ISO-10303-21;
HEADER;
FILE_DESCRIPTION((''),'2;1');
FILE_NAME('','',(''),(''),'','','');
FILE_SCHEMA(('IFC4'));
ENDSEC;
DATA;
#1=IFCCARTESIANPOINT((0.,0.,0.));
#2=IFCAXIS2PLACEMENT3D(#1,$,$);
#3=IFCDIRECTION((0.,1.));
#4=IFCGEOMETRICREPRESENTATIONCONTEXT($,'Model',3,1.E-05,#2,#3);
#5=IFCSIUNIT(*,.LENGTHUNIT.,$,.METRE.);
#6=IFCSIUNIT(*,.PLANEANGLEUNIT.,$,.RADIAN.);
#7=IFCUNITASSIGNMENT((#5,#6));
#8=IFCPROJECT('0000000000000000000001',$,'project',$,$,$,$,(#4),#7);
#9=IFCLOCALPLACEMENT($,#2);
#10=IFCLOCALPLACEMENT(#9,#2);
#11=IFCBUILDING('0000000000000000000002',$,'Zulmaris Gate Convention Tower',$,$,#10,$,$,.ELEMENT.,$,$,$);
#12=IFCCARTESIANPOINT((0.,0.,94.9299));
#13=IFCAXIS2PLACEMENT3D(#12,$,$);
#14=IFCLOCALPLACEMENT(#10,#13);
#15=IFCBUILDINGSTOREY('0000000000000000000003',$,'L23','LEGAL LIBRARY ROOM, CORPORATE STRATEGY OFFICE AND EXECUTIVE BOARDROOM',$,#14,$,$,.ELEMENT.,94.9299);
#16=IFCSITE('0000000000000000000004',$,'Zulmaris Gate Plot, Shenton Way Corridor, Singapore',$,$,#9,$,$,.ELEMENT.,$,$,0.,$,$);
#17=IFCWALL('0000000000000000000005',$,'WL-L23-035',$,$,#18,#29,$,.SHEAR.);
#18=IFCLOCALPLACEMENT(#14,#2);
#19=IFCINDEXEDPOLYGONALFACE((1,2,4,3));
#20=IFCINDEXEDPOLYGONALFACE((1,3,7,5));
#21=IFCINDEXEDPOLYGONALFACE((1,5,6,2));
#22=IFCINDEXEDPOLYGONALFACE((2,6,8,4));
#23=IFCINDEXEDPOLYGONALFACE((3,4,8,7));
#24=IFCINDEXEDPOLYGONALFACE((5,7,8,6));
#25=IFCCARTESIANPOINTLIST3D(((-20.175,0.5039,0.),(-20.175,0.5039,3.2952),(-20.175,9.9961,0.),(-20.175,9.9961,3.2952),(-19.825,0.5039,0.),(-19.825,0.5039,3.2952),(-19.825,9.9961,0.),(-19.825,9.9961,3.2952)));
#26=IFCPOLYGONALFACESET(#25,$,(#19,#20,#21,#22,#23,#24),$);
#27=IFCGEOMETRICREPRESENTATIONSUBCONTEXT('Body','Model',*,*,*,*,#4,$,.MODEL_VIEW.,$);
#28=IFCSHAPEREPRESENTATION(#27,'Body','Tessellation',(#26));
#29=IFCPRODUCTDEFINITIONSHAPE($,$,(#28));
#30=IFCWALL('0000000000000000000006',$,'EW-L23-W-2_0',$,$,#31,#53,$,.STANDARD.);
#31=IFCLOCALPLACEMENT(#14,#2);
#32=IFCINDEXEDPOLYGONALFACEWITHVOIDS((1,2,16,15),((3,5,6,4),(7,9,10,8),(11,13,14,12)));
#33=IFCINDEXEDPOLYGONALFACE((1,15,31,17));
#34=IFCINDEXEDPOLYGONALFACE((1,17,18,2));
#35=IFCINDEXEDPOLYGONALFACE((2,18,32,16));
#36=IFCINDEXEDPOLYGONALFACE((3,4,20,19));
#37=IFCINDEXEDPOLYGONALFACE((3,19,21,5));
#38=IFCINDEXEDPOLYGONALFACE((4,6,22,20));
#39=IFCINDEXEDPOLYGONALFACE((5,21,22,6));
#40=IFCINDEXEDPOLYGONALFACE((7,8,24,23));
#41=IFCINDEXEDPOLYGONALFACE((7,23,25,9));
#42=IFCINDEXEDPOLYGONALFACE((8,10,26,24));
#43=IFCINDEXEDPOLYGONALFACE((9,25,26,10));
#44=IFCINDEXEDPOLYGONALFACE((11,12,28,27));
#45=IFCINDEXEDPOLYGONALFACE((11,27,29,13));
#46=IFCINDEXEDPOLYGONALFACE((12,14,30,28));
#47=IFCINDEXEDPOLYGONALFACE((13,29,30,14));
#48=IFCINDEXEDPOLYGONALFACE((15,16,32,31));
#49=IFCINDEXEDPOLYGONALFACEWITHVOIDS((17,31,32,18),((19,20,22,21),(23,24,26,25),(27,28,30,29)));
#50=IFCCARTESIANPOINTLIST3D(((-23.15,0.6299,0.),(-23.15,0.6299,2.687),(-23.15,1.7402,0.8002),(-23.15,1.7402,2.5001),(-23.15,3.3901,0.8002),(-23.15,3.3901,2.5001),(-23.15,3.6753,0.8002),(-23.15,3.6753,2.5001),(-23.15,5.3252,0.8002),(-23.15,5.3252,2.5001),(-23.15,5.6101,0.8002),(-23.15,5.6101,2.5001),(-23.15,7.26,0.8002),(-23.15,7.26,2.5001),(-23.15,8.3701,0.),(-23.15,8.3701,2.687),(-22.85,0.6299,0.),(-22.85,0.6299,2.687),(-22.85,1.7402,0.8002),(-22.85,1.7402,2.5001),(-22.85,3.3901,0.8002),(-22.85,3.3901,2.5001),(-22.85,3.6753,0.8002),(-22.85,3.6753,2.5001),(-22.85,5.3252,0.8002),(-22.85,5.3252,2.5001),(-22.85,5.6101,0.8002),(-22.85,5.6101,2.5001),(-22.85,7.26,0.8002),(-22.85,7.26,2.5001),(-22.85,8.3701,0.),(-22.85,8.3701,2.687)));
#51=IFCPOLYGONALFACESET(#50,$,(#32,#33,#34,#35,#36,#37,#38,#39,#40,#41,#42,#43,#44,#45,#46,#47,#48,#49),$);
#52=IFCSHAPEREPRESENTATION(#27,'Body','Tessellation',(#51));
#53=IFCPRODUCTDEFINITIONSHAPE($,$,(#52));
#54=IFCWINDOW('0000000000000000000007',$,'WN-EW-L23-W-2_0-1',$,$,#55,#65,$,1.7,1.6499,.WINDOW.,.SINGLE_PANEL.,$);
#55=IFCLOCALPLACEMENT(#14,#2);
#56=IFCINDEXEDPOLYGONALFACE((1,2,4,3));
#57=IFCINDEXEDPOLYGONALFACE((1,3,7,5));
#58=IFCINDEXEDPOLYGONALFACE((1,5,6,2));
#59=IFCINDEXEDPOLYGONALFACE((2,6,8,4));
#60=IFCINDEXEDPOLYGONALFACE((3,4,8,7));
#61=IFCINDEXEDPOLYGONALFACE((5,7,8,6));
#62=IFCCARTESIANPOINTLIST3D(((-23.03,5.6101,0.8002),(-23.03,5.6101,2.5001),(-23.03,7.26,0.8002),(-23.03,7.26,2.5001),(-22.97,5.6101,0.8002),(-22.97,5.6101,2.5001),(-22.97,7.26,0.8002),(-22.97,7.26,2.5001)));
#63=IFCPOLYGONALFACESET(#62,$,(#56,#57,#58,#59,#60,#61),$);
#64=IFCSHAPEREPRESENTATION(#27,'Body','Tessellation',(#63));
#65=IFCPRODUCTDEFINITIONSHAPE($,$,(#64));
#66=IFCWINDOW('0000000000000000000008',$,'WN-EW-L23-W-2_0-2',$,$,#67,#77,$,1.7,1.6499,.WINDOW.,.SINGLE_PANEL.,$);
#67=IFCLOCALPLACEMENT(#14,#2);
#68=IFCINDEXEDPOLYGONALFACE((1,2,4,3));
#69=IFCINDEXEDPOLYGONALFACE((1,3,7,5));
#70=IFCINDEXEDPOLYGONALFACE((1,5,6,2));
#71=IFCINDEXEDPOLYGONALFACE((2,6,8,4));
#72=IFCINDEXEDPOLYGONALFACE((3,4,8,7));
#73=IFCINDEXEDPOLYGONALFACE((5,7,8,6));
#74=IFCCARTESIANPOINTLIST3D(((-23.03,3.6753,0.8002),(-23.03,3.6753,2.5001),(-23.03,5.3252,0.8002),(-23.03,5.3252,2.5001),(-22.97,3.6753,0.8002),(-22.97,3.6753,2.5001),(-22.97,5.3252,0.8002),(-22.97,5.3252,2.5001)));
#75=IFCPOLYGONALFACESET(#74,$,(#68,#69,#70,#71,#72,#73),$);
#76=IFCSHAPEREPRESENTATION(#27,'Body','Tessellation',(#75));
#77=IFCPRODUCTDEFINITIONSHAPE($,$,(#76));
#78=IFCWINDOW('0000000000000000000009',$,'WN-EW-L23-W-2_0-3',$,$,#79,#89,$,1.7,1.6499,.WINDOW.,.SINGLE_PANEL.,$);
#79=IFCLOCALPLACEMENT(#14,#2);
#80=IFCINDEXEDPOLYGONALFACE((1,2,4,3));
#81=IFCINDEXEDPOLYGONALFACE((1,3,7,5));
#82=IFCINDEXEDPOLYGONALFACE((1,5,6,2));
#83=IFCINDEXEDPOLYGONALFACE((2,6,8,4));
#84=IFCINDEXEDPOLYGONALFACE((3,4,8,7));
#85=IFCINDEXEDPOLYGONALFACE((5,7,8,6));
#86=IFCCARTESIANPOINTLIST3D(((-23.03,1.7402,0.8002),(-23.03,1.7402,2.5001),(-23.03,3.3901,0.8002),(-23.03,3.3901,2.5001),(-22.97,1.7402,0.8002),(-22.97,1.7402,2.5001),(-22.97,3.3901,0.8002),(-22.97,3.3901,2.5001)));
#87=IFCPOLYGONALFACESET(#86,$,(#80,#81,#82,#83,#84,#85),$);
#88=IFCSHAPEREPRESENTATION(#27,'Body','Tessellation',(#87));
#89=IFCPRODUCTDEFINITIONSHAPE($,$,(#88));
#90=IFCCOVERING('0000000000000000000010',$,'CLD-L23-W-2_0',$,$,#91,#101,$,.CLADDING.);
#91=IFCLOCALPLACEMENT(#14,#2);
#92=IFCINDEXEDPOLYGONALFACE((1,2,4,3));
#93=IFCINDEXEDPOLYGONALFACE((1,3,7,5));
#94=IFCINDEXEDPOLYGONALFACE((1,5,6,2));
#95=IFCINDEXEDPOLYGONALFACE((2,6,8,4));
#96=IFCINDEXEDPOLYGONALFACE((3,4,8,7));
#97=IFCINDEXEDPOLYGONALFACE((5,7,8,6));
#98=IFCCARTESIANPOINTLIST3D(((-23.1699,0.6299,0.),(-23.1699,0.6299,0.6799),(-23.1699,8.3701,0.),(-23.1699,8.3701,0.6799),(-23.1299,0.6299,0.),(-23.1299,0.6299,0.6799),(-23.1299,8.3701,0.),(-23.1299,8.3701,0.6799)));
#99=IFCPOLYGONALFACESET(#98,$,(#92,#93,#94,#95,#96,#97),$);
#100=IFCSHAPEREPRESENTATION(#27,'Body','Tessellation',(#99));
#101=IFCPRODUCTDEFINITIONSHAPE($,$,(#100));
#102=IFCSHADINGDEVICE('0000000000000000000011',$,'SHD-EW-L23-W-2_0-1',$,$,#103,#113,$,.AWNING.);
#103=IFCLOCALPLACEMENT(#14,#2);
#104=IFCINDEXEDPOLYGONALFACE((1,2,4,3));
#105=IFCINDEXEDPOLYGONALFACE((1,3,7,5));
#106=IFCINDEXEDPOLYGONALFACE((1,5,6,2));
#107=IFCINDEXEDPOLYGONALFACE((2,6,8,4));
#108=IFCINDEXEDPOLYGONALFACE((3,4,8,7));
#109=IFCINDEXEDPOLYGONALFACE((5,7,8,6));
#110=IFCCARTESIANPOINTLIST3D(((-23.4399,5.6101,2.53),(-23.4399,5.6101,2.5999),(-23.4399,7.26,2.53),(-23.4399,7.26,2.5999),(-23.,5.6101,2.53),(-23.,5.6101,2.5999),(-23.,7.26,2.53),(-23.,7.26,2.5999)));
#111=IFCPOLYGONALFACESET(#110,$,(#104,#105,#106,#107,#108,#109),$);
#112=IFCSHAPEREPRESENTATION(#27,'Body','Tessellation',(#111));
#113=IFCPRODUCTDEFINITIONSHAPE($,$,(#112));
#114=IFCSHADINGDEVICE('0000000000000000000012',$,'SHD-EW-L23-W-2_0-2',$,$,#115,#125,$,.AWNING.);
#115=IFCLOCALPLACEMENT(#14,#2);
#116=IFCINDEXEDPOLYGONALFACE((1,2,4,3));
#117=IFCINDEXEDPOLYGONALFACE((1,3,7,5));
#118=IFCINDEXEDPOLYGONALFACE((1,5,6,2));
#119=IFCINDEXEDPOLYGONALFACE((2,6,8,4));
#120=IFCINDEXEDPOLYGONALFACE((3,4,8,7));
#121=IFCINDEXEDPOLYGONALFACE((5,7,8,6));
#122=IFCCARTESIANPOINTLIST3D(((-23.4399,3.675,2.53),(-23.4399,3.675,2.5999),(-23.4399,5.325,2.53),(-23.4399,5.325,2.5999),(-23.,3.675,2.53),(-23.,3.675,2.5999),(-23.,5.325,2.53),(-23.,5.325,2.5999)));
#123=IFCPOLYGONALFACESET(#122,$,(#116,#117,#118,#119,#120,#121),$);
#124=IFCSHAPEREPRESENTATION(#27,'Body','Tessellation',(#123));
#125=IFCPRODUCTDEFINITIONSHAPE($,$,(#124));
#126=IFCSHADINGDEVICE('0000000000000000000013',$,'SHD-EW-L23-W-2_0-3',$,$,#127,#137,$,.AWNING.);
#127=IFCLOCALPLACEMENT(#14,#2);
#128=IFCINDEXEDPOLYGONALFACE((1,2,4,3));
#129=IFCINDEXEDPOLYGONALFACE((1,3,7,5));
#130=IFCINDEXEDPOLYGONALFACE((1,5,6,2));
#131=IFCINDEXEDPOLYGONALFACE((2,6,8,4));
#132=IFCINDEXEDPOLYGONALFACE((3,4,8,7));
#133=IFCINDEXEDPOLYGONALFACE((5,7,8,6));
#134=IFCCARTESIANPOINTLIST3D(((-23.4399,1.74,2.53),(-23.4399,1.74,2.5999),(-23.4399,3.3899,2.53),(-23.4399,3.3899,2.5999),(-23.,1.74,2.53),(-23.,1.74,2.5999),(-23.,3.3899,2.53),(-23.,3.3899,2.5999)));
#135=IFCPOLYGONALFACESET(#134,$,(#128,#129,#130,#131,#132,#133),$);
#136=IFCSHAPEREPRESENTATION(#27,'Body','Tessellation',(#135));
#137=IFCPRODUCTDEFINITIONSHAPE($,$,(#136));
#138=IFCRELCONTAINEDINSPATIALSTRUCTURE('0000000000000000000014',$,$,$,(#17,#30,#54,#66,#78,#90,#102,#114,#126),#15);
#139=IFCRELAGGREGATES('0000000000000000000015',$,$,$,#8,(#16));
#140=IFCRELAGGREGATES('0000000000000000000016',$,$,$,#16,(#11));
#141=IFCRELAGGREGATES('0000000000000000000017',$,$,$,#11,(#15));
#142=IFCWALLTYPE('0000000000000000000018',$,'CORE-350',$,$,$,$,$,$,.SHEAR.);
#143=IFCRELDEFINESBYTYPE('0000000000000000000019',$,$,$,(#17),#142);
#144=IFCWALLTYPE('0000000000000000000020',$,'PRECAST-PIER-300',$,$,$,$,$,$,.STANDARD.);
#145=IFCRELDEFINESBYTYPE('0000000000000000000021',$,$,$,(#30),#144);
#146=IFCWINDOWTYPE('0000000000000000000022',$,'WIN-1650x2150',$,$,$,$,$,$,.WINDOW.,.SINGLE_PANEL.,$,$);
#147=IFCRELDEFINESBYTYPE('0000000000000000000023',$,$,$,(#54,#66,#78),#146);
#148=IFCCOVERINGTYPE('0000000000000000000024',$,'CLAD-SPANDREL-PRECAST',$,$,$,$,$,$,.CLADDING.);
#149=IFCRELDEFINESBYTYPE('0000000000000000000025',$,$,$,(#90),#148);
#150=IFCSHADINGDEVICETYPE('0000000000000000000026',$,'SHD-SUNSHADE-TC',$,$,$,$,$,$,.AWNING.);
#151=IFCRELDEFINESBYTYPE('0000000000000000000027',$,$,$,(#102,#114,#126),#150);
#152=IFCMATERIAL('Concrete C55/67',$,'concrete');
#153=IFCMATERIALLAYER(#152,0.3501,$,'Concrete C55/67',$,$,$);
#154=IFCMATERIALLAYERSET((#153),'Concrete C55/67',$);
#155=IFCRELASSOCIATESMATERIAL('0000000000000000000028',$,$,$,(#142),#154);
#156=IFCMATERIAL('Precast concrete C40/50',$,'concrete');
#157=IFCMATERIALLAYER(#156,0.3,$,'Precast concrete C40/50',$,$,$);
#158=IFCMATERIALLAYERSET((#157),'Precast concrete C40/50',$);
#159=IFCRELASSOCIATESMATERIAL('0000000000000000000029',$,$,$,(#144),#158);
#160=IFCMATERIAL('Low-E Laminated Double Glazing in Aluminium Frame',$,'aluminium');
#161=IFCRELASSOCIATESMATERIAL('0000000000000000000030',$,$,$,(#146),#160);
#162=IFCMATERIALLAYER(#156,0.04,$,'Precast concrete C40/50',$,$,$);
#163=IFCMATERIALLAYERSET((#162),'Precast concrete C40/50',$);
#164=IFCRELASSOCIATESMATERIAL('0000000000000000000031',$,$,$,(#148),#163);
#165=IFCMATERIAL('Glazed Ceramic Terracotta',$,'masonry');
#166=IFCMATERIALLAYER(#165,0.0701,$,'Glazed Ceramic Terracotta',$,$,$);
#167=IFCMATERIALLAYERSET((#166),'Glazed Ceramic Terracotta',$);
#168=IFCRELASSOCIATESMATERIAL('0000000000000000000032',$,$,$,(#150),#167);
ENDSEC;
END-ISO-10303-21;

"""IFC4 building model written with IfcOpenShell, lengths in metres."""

from ifc_helpers import new_model, si_unit, direction, frame, frame_2d, origin, place, context, subcontext, project, spatial, rectangle, extrude, material, layer, layer_set, type_object, element, fill, save


model = new_model("IFC4")

# Units and contexts
model_context = context("Model", 3, precision=1e-05, world=origin(), true_north=direction((0.0, 1.0)))
body_context = subcontext(model_context, "Body", "Model", "MODEL_VIEW")
ifc_project = project(units=[si_unit("LENGTHUNIT", "METRE"), si_unit("PLANEANGLEUNIT", "RADIAN")], contexts=[model_context])

# Site, building, storey
site_placement = place(None, origin())
site = spatial("IfcSite", under=ifc_project, at=site_placement, Name="Zulmaris Gate Plot, Shenton Way Corridor, Singapore", CompositionType="ELEMENT", RefElevation=0.0)
building_placement = place(site_placement, origin())
building = spatial("IfcBuilding", under=site, at=building_placement, Name="Zulmaris Gate Convention Tower", CompositionType="ELEMENT")
storey_placement = place(building_placement, frame((0.0, 0.0, 94.9299)))
storey = spatial("IfcBuildingStorey", under=building, at=storey_placement, Name="L23", Description="LEGAL LIBRARY ROOM, CORPORATE STRATEGY OFFICE AND EXECUTIVE BOARDROOM", CompositionType="ELEMENT", Elevation=94.9299)

# Wall
ifc_material_1 = material(Name="Concrete C55/67", Category="concrete")
ifc_layer_1 = layer(ifc_material_1, 0.3501, Name="Concrete C55/67")
ifc_layer_set_1 = layer_set([ifc_layer_1], Name="Concrete C55/67")
wall_type_1 = type_object("IfcWallType", Name="CORE-350", PredefinedType="SHEAR", material=ifc_layer_set_1)
wall_1_placement = place(storey_placement, frame((-20.0, 0.5039, 0.0), z_axis=(0.0, 0.0, 1.0), x_axis=(0.0, 1.0, 0.0)))
element("IfcWall", 1, at=wall_1_placement, inside=storey, type_object=wall_type_1, Name="WL-L23-035", PredefinedType="SHEAR", context=body_context, shape_type="SweptSolid", body=[
    extrude(rectangle(XDim=9.4922, YDim=0.3501, at=frame_2d((4.7461, 0.0))), origin(), (0.0, 0.0, 1.0), 3.2952),
])

# Wall, openings, windows
ifc_material_2 = material(Name="Precast concrete C40/50", Category="concrete")
ifc_layer_2 = layer(ifc_material_2, 0.3, Name="Precast concrete C40/50")
ifc_layer_set_2 = layer_set([ifc_layer_2], Name="Precast concrete C40/50")
wall_type_2 = type_object("IfcWallType", Name="PRECAST-PIER-300", PredefinedType="STANDARD", material=ifc_layer_set_2)
wall_2_placement = place(storey_placement, frame((-23.0, 8.3701, 0.0), z_axis=(0.0, 0.0, 1.0), x_axis=(0.0, -1.0, 0.0)))
wall_2 = element("IfcWall", 2, at=wall_2_placement, inside=storey, type_object=wall_type_2, Name="EW-L23-W-2_0", PredefinedType="STANDARD", context=body_context, shape_type="SweptSolid", body=[
    extrude(rectangle(XDim=7.7402, YDim=0.3, at=frame_2d((3.8701, 0.0))), origin(), (0.0, 0.0, 1.0), 2.687),
])
opening_1_placement = place(wall_2_placement, frame((1.1101, 0.0, 0.8)))
opening_1 = element("IfcOpeningElement", 3, at=opening_1_placement, cuts=wall_2, PredefinedType="OPENING", context=body_context, shape_type="SweptSolid", body=[
    extrude(rectangle(XDim=1.6499, YDim=1.7, at=frame_2d((0.825, 0.8501))), frame((0.0, 0.1602, 0.0), z_axis=(0.0, -1.0, 0.0), x_axis=(1.0, 0.0, 0.0)), (0.0, 0.0, 1.0), 0.3201),
])
opening_2_placement = place(wall_2_placement, frame((3.0449, 0.0, 0.8)))
opening_2 = element("IfcOpeningElement", 4, at=opening_2_placement, cuts=wall_2, PredefinedType="OPENING", context=body_context, shape_type="SweptSolid", body=[
    extrude(rectangle(XDim=1.6499, YDim=1.7, at=frame_2d((0.825, 0.8501))), frame((0.0, 0.1602, 0.0), z_axis=(0.0, -1.0, 0.0), x_axis=(1.0, 0.0, 0.0)), (0.0, 0.0, 1.0), 0.3201),
])
opening_3_placement = place(wall_2_placement, frame((4.98, 0.0, 0.8)))
opening_3 = element("IfcOpeningElement", 5, at=opening_3_placement, cuts=wall_2, PredefinedType="OPENING", context=body_context, shape_type="SweptSolid", body=[
    extrude(rectangle(XDim=1.6499, YDim=1.7, at=frame_2d((0.825, 0.8501))), frame((0.0, 0.1602, 0.0), z_axis=(0.0, -1.0, 0.0), x_axis=(1.0, 0.0, 0.0)), (0.0, 0.0, 1.0), 0.3201),
])
ifc_material_3 = material(Name="Low-E Laminated Double Glazing in Aluminium Frame", Category="aluminium")
window_type = type_object("IfcWindowType", Name="WIN-1650x2150", PartitioningType="SINGLE_PANEL", PredefinedType="WINDOW", material=ifc_material_3)
window_1_placement = place(opening_1_placement, origin())
window_1 = element("IfcWindow", 6, at=window_1_placement, inside=storey, type_object=window_type, Name="WN-EW-L23-W-2_0-1", OverallHeight=1.7, OverallWidth=1.6499, PartitioningType="SINGLE_PANEL", PredefinedType="WINDOW", context=body_context, shape_type="SweptSolid", body=[
    extrude(rectangle(XDim=1.6499, YDim=1.7, at=frame_2d((0.825, 0.8501))), frame((0.0, 0.03, 0.0), z_axis=(0.0, -1.0, 0.0), x_axis=(1.0, 0.0, 0.0)), (0.0, 0.0, 1.0), 0.0601),
])
fill(opening_1, window_1)
window_2_placement = place(opening_2_placement, origin())
window_2 = element("IfcWindow", 7, at=window_2_placement, inside=storey, type_object=window_type, Name="WN-EW-L23-W-2_0-2", OverallHeight=1.7, OverallWidth=1.6499, PartitioningType="SINGLE_PANEL", PredefinedType="WINDOW", context=body_context, shape_type="SweptSolid", body=[
    extrude(rectangle(XDim=1.6499, YDim=1.7, at=frame_2d((0.825, 0.8501))), frame((0.0, 0.03, 0.0), z_axis=(0.0, -1.0, 0.0), x_axis=(1.0, 0.0, 0.0)), (0.0, 0.0, 1.0), 0.0601),
])
fill(opening_2, window_2)
window_3_placement = place(opening_3_placement, origin())
window_3 = element("IfcWindow", 8, at=window_3_placement, inside=storey, type_object=window_type, Name="WN-EW-L23-W-2_0-3", OverallHeight=1.7, OverallWidth=1.6499, PartitioningType="SINGLE_PANEL", PredefinedType="WINDOW", context=body_context, shape_type="SweptSolid", body=[
    extrude(rectangle(XDim=1.6499, YDim=1.7, at=frame_2d((0.825, 0.8501))), frame((0.0, 0.03, 0.0), z_axis=(0.0, -1.0, 0.0), x_axis=(1.0, 0.0, 0.0)), (0.0, 0.0, 1.0), 0.0601),
])
fill(opening_3, window_3)

# Covering
ifc_layer_3 = layer(ifc_material_2, 0.04, Name="Precast concrete C40/50")
ifc_layer_set_3 = layer_set([ifc_layer_3], Name="Precast concrete C40/50")
covering_type = type_object("IfcCoveringType", Name="CLAD-SPANDREL-PRECAST", PredefinedType="CLADDING", material=ifc_layer_set_3)
covering_placement = place(storey_placement, frame((-23.1499, 8.3701, 0.0), z_axis=(0.0, 0.0, 1.0), x_axis=(0.0, -1.0, 0.0)))
element("IfcCovering", 9, at=covering_placement, inside=storey, type_object=covering_type, Name="CLD-L23-W-2_0", PredefinedType="CLADDING", context=body_context, shape_type="SweptSolid", body=[
    extrude(rectangle(XDim=7.7402, YDim=0.04, at=frame_2d((3.8701, 0.0))), origin(), (0.0, 0.0, 1.0), 0.6799),
])

# Shading devices
ifc_material_4 = material(Name="Glazed Ceramic Terracotta", Category="masonry")
ifc_layer_4 = layer(ifc_material_4, 0.0701, Name="Glazed Ceramic Terracotta")
ifc_layer_set_4 = layer_set([ifc_layer_4], Name="Glazed Ceramic Terracotta")
shading_device_type = type_object("IfcShadingDeviceType", Name="SHD-SUNSHADE-TC", PredefinedType="AWNING", material=ifc_layer_set_4)
for number, where, z_axis, x_axis, name in (
    (10, (-23.22, 7.26, 2.53), (0.0, 0.0, 1.0), (0.0, -1.0, 0.0), "SHD-EW-L23-W-2_0-1"),
    (11, (-23.22, 5.325, 2.53), (0.0, 0.0, 1.0), (0.0, -1.0, 0.0), "SHD-EW-L23-W-2_0-2"),
    (12, (-23.22, 3.3899, 2.53), (0.0, 0.0, 1.0), (0.0, -1.0, 0.0), "SHD-EW-L23-W-2_0-3"),
):
    element("IfcShadingDevice", number, at=place(storey_placement, frame(where, z_axis=z_axis, x_axis=x_axis)), inside=storey, type_object=shading_device_type, Name=name, PredefinedType="AWNING", context=body_context, shape_type="SweptSolid", body=[
        extrude(rectangle(XDim=1.6499, YDim=0.4399, at=frame_2d((0.825, 0.0))), origin(), (0.0, 0.0, 1.0), 0.0698),
    ])

save(model, "model.ifc")
